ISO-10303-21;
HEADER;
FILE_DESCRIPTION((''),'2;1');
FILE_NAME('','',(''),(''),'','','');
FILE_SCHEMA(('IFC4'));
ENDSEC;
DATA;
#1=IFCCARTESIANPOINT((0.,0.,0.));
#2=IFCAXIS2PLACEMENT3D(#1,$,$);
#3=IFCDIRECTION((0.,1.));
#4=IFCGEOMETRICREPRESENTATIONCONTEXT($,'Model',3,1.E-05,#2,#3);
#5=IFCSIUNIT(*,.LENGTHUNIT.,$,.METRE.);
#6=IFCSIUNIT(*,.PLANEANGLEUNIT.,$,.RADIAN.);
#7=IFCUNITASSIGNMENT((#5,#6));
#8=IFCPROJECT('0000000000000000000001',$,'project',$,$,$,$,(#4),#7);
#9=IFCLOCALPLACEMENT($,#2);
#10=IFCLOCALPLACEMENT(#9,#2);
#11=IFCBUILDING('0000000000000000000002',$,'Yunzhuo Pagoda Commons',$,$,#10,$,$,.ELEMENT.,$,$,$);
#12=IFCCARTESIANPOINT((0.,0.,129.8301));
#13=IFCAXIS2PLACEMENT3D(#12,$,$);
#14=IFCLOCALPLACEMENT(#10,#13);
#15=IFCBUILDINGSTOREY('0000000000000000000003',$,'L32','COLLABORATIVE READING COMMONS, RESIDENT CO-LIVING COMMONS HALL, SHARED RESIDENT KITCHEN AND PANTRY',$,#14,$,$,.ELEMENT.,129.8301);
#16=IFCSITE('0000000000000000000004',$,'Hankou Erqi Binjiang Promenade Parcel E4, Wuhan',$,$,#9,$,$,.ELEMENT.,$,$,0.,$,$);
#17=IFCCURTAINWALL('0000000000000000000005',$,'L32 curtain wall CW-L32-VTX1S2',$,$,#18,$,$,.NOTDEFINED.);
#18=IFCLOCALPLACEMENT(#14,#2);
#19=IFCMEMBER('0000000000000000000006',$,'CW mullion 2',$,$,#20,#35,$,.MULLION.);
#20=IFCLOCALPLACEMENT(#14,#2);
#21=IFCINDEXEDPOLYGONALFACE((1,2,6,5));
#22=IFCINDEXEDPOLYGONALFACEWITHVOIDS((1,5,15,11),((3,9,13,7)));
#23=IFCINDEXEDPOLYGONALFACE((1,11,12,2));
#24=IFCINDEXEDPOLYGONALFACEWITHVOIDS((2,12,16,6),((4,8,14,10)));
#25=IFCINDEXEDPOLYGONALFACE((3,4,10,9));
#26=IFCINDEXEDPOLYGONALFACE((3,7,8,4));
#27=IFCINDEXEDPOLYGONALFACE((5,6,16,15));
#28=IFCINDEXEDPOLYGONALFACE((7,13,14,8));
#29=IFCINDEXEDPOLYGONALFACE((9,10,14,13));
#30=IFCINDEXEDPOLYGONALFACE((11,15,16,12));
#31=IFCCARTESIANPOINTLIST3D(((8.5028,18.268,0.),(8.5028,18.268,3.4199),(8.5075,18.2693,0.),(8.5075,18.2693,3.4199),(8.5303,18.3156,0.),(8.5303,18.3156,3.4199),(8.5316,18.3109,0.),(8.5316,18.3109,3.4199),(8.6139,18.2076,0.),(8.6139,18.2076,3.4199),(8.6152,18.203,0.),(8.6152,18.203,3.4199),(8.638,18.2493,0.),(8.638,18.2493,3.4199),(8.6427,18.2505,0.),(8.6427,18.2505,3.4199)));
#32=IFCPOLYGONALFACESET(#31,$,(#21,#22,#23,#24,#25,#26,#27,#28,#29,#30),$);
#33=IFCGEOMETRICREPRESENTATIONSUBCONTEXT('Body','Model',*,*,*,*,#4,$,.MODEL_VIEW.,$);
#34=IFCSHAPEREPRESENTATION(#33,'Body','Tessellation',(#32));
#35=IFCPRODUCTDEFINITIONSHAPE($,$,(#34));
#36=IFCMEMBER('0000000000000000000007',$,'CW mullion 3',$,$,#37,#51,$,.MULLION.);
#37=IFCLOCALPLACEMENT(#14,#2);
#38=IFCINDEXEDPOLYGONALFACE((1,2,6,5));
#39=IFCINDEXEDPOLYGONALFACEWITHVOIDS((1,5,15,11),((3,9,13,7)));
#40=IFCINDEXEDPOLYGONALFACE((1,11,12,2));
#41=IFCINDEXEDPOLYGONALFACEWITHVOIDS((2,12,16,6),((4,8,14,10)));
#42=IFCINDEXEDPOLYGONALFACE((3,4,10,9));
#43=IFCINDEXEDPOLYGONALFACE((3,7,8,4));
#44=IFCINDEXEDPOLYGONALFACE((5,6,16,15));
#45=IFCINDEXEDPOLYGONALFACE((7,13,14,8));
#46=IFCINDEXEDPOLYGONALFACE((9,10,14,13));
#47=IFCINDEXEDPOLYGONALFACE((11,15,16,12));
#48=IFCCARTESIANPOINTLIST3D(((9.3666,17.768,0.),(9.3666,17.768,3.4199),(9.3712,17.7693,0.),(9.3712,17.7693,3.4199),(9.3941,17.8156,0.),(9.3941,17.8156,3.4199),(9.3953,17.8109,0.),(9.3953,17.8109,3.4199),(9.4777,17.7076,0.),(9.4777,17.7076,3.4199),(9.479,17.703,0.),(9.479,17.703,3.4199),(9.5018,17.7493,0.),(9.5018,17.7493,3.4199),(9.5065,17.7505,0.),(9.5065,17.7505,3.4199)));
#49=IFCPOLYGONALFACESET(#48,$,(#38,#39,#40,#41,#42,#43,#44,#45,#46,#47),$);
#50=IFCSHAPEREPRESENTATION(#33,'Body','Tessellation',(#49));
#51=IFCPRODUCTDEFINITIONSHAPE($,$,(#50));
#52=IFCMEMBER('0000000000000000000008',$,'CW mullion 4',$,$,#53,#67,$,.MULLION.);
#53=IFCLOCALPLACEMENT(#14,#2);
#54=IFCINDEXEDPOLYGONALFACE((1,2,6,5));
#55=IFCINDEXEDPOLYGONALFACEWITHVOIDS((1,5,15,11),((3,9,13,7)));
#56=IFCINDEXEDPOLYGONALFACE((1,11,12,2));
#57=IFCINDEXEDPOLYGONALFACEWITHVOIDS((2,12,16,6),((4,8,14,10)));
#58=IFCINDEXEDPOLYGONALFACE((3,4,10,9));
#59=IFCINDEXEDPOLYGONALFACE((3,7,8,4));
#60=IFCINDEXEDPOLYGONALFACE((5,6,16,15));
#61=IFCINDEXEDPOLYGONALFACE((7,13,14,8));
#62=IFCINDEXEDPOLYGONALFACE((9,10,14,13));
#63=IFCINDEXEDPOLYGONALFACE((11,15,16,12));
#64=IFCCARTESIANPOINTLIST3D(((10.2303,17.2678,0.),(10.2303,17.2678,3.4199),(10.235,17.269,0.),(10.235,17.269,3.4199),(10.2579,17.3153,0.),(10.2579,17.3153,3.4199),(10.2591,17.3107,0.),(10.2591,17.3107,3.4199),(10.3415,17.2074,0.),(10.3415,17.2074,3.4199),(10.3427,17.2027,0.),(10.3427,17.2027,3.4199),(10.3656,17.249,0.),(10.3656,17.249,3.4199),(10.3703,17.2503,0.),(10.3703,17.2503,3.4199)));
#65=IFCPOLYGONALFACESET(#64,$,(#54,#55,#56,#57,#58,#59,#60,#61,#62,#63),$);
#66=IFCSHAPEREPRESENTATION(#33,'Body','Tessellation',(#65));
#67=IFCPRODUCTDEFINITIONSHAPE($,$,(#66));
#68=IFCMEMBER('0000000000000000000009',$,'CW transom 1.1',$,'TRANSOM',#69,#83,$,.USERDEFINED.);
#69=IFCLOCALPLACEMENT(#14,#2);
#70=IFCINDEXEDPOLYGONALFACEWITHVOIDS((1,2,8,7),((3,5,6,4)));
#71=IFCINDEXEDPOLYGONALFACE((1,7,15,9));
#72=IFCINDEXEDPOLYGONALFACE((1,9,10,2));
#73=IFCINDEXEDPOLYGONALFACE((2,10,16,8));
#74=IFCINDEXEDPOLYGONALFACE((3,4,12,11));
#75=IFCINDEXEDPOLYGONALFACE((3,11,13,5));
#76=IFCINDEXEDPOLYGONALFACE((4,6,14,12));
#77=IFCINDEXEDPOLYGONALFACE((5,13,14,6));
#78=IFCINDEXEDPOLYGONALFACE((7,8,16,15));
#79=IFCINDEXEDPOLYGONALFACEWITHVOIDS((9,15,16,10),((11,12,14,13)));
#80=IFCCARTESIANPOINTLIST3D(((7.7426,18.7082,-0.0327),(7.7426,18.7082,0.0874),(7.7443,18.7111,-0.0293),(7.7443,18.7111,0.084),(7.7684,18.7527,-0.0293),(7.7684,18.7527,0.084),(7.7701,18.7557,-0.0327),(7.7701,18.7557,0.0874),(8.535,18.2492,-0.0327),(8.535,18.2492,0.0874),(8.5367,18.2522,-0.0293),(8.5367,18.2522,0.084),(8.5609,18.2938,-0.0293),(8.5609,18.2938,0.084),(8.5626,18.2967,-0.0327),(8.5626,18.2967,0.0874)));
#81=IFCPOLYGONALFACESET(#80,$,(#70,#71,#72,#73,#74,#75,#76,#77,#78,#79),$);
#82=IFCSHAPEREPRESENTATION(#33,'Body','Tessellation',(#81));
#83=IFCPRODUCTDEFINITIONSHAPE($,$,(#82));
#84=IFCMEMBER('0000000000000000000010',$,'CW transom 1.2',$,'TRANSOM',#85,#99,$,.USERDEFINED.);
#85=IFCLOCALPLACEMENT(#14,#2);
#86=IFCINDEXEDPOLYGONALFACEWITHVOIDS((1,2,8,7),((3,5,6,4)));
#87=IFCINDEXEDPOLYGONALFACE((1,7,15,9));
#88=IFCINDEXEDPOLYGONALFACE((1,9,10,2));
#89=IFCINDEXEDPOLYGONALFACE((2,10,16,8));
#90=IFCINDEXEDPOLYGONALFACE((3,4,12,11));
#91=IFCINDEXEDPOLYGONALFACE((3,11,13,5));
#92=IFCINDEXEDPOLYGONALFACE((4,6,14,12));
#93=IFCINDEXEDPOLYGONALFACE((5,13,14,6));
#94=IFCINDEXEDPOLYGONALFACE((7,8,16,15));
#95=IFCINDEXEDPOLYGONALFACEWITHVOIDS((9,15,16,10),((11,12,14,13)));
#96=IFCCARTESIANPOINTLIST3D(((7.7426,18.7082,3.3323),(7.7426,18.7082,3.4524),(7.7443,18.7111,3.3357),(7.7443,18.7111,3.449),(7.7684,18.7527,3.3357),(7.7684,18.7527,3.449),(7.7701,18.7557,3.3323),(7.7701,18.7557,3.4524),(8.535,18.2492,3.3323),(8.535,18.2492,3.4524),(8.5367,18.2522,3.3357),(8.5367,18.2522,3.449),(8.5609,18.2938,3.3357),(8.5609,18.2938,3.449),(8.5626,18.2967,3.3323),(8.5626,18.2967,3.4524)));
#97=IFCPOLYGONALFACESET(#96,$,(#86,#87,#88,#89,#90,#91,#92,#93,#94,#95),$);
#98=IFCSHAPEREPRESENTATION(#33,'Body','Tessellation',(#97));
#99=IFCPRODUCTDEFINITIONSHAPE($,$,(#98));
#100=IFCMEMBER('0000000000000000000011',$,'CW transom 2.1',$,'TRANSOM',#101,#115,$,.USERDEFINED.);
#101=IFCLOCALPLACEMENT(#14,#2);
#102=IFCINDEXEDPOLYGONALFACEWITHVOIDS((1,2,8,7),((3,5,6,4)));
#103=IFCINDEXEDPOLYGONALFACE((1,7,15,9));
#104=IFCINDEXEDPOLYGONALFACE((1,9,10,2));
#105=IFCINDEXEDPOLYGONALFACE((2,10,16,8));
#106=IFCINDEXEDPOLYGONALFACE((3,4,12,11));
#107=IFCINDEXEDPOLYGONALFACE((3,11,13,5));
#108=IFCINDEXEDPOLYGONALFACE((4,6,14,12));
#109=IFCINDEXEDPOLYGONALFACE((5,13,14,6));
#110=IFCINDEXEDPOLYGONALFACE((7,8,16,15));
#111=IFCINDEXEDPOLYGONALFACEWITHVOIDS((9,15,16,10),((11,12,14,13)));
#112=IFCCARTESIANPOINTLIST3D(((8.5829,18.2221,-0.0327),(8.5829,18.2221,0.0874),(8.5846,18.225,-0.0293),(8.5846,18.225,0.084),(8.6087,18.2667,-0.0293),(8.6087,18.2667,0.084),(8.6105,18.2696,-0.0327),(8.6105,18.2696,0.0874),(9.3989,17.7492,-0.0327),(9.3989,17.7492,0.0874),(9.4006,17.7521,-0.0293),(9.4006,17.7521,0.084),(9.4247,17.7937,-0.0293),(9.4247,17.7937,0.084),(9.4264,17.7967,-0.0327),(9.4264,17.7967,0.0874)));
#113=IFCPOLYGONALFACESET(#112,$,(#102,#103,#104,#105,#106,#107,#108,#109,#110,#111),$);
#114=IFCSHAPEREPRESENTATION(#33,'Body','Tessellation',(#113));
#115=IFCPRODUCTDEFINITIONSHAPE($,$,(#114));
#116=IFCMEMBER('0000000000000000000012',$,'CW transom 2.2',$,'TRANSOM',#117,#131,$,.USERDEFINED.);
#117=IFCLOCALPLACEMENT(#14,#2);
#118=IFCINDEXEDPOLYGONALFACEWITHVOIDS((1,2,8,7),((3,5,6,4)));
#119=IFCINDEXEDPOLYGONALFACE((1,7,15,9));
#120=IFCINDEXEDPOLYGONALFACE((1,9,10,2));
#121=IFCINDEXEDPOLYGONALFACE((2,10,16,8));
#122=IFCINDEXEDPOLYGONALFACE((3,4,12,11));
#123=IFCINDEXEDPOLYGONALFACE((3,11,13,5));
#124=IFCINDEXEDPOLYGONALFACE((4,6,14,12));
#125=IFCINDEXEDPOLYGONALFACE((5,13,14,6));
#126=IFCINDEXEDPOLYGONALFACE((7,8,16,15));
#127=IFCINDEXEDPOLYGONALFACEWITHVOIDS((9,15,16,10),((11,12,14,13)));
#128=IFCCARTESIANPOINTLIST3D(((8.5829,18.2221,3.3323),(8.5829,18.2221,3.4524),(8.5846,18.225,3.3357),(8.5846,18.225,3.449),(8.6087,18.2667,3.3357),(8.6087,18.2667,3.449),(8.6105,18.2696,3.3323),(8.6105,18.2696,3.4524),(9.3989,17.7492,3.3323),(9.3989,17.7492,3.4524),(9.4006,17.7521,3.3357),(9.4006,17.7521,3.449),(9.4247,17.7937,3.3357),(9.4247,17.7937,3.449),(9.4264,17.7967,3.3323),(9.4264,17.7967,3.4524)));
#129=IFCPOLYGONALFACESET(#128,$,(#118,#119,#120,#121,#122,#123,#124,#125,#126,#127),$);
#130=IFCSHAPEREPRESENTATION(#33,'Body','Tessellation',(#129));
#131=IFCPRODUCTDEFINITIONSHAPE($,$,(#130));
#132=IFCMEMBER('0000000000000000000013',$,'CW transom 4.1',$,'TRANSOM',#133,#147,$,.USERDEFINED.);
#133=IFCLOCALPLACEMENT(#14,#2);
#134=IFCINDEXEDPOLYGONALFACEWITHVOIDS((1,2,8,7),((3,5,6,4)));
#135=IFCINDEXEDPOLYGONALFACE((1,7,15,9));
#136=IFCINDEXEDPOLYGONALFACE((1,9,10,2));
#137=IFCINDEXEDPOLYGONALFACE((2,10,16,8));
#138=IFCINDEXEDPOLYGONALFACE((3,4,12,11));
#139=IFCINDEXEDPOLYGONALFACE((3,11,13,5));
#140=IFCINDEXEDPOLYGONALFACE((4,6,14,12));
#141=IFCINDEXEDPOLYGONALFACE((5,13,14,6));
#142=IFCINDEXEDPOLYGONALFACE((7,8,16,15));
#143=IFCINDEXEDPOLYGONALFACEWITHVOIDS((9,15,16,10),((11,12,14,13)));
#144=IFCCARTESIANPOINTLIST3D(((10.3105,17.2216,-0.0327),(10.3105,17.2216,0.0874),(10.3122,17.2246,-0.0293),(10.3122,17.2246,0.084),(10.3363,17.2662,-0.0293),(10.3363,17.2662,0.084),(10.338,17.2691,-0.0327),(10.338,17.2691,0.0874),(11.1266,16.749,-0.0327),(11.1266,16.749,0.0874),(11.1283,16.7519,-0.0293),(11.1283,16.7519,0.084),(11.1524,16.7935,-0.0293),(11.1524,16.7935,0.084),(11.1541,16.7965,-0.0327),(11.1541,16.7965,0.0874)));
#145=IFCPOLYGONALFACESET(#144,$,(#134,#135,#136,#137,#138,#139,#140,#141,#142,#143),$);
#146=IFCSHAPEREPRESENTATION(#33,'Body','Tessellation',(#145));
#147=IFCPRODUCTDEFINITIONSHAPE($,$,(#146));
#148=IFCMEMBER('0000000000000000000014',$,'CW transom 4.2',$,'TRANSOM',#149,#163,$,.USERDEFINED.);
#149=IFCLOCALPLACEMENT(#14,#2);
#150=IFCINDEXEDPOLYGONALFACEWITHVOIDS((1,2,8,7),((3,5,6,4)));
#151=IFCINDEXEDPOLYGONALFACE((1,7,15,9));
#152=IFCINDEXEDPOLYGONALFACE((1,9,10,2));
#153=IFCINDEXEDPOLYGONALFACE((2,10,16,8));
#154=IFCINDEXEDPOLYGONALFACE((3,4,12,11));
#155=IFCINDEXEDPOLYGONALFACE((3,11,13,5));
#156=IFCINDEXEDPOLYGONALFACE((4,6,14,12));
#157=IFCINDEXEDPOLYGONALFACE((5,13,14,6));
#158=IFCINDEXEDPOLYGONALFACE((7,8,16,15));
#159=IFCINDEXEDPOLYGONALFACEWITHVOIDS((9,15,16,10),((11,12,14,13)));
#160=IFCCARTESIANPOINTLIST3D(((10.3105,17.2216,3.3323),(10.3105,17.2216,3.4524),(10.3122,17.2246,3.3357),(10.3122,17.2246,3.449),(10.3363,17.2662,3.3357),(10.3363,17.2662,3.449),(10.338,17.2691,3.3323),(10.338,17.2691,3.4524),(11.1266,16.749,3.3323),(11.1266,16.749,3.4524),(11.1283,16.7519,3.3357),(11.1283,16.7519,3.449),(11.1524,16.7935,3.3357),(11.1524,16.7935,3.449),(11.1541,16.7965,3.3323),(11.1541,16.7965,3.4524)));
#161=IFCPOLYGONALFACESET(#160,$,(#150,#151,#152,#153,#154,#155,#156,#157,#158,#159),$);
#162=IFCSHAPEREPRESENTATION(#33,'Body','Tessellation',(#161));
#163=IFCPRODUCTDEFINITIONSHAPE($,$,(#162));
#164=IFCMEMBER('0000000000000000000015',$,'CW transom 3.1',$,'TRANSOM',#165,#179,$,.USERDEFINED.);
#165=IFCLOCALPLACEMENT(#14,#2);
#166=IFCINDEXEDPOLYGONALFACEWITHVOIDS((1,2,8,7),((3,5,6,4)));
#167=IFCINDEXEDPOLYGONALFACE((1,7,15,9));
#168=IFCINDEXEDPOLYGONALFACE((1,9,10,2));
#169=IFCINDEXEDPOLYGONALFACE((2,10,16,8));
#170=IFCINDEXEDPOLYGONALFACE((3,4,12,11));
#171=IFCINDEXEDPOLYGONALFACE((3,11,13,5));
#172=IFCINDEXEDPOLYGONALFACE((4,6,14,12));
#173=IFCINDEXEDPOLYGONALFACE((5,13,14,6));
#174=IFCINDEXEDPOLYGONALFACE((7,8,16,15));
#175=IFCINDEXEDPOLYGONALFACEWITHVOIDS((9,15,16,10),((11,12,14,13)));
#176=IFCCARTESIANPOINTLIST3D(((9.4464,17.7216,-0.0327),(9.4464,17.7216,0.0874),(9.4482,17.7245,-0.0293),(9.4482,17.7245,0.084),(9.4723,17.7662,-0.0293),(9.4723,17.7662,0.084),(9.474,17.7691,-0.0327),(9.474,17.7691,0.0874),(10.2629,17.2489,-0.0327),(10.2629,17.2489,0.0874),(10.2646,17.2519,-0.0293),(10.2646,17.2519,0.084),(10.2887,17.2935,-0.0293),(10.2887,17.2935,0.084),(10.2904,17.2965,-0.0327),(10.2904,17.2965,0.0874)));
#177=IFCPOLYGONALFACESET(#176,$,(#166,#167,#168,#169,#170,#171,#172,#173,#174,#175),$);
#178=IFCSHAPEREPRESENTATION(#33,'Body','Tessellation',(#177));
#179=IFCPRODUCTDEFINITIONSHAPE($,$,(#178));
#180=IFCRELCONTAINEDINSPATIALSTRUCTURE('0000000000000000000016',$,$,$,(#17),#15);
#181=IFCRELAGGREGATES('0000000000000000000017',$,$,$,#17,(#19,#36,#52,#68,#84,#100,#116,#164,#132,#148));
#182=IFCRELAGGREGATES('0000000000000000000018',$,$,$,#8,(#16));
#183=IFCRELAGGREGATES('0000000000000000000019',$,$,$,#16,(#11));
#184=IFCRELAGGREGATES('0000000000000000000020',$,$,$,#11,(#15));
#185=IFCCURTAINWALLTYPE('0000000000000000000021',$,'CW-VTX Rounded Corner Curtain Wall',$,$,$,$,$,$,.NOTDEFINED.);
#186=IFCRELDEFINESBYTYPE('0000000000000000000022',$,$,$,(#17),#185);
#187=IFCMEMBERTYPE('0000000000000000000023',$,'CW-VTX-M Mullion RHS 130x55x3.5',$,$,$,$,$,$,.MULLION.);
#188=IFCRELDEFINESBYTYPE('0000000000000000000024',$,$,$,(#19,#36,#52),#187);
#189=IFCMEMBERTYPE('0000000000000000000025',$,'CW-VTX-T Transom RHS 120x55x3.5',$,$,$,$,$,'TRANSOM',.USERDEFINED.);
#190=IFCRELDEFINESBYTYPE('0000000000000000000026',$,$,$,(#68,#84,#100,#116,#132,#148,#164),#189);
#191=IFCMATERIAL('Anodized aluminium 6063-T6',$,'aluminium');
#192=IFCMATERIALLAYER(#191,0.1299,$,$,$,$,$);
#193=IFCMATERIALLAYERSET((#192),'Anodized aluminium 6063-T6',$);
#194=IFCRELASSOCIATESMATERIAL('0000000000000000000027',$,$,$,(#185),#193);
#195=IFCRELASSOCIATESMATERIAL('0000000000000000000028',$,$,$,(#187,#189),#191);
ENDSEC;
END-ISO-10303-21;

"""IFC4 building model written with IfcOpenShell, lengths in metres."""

from ifc_helpers import new_model, si_unit, direction, frame, origin, origin_2d, place, context, subcontext, project, spatial, hollow_rectangle, extrude, source, transform, mapped, material, layer, layer_set, material_profile, profile_set, type_object, element, aggregate, save


model = new_model("IFC4")

# Units and contexts
model_context = context("Model", 3, precision=1e-05, world=origin(), true_north=direction((0.0, 1.0)))
body_context = subcontext(model_context, "Body", "Model", "MODEL_VIEW")
ifc_project = project(units=[si_unit("LENGTHUNIT", "METRE"), si_unit("PLANEANGLEUNIT", "RADIAN")], contexts=[model_context])

# Site, building, storey
site_placement = place(None, origin())
site = spatial("IfcSite", under=ifc_project, at=site_placement, Name="Hankou Erqi Binjiang Promenade Parcel E4, Wuhan", CompositionType="ELEMENT", RefElevation=0.0)
building_placement = place(site_placement, origin())
building = spatial("IfcBuilding", under=site, at=building_placement, Name="Yunzhuo Pagoda Commons", CompositionType="ELEMENT")
storey_placement = place(building_placement, frame((0.0, 0.0, 129.8301)))
storey = spatial("IfcBuildingStorey", under=building, at=storey_placement, Name="L32", Description="COLLABORATIVE READING COMMONS, RESIDENT CO-LIVING COMMONS HALL, SHARED RESIDENT KITCHEN AND PANTRY", CompositionType="ELEMENT", Elevation=129.8301)

# Curtain wall, members
ifc_material_1 = material(Name="Anodized aluminium 6063-T6", Category="aluminium")
ifc_layer_1 = layer(ifc_material_1, 0.1299)
ifc_layer_set_1 = layer_set([ifc_layer_1], Name="Anodized aluminium 6063-T6")
curtain_wall_type = type_object("IfcCurtainWallType", Name="CW-VTX Rounded Corner Curtain Wall", PredefinedType="NOTDEFINED", material=ifc_layer_set_1)
curtain_wall_1_placement = place(storey_placement, origin())
curtain_wall_1 = element("IfcCurtainWall", 1, at=curtain_wall_1_placement, inside=storey, type_object=curtain_wall_type, Name="L32 curtain wall CW-L32-VTX1S2", PredefinedType="NOTDEFINED")
ifc_material_profile_1 = material_profile(ifc_material_1, hollow_rectangle(XDim=0.0549, YDim=0.1299, WallThickness=0.0034, at=origin_2d()), Name="Anodized aluminium 6063-T6")
ifc_profile_set_1 = profile_set([ifc_material_profile_1], Name="Anodized aluminium 6063-T6")
member_type_1 = type_object("IfcMemberType", Name="CW-VTX-M Mullion RHS 130x55x3.5", PredefinedType="MULLION", material=ifc_profile_set_1)
shared_shape_1 = source(origin(), body_context, "Body", "SweptSolid", [
    extrude(hollow_rectangle(XDim=0.0549, YDim=0.1299, WallThickness=0.0034, at=origin_2d()), origin(), (0.0, 0.0, 1.0), 3.4199),
])
member_1_placement = place(storey_placement, frame((8.5728, 18.2593, 0.0), z_axis=(0.0, 0.0, 1.0), x_axis=(0.501038, 0.865425, 0.0)))
member_1 = element("IfcMember", 2, at=member_1_placement, type_object=member_type_1, Name="CW mullion 2", PredefinedType="MULLION", context=body_context, shape_type="MappedRepresentation", body=[
    mapped(shared_shape_1, transform((0.0, 0.0, 0.0), scale=1.0)),
])
member_2_placement = place(storey_placement, frame((9.4365, 17.7593, 0.0), z_axis=(0.0, 0.0, 1.0), x_axis=(0.501038, 0.865425, 0.0)))
member_2 = element("IfcMember", 3, at=member_2_placement, type_object=member_type_1, Name="CW mullion 3", PredefinedType="MULLION", context=body_context, shape_type="MappedRepresentation", body=[
    mapped(shared_shape_1, transform((0.0, 0.0, 0.0), scale=1.0)),
])
member_3_placement = place(storey_placement, frame((10.3003, 17.259, 0.0), z_axis=(0.0, 0.0, 1.0), x_axis=(0.501038, 0.865425, 0.0)))
member_3 = element("IfcMember", 4, at=member_3_placement, type_object=member_type_1, Name="CW mullion 4", PredefinedType="MULLION", context=body_context, shape_type="MappedRepresentation", body=[
    mapped(shared_shape_1, transform((0.0, 0.0, 0.0), scale=1.0)),
])
ifc_material_profile_2 = material_profile(ifc_material_1, hollow_rectangle(XDim=0.0549, YDim=0.1201, WallThickness=0.0034, at=origin_2d()), Name="Anodized aluminium 6063-T6")
ifc_profile_set_2 = profile_set([ifc_material_profile_2], Name="Anodized aluminium 6063-T6")
member_type_2 = type_object("IfcMemberType", Name="CW-VTX-T Transom RHS 120x55x3.5", ElementType="TRANSOM", PredefinedType="USERDEFINED", material=ifc_profile_set_2)
shared_shape_2 = source(origin(), body_context, "Body", "SweptSolid", [
    extrude(hollow_rectangle(XDim=0.0549, YDim=0.1201, WallThickness=0.0034, at=origin_2d()), origin(), (0.0, 0.0, 1.0), 0.9158),
])
member_4_placement = place(storey_placement, frame((7.7563, 18.7319, 0.0273), z_axis=(0.865341, -0.501183, 0.0), x_axis=(0.501183, 0.865341, 0.0)))
member_4 = element("IfcMember", 5, at=member_4_placement, type_object=member_type_2, Name="CW transom 1.1", ObjectType="TRANSOM", PredefinedType="USERDEFINED", context=body_context, shape_type="MappedRepresentation", body=[
    mapped(shared_shape_2, transform((0.0, 0.0, 0.0), scale=1.0)),
])
member_5_placement = place(storey_placement, frame((7.7563, 18.7319, 3.3923), z_axis=(0.865341, -0.501183, 0.0), x_axis=(0.501183, 0.865341, 0.0)))
member_5 = element("IfcMember", 6, at=member_5_placement, type_object=member_type_2, Name="CW transom 1.2", ObjectType="TRANSOM", PredefinedType="USERDEFINED", context=body_context, shape_type="MappedRepresentation", body=[
    mapped(shared_shape_2, transform((0.0, 0.0, 0.0), scale=1.0)),
])
shared_shape_3 = source(origin(), body_context, "Body", "SweptSolid", [
    extrude(hollow_rectangle(XDim=0.0549, YDim=0.1201, WallThickness=0.0034, at=origin_2d()), origin(), (0.0, 0.0, 1.0), 0.9431),
])
member_6_placement = place(storey_placement, frame((8.5967, 18.2458, 0.0273), z_axis=(0.865184, -0.501455, 0.0), x_axis=(0.501455, 0.865184, 0.0)))
member_6 = element("IfcMember", 7, at=member_6_placement, type_object=member_type_2, Name="CW transom 2.1", ObjectType="TRANSOM", PredefinedType="USERDEFINED", context=body_context, shape_type="MappedRepresentation", body=[
    mapped(shared_shape_3, transform((0.0, 0.0, 0.0), scale=1.0)),
])
member_7_placement = place(storey_placement, frame((8.5967, 18.2458, 3.3923), z_axis=(0.865184, -0.501455, 0.0), x_axis=(0.501455, 0.865184, 0.0)))
member_7 = element("IfcMember", 8, at=member_7_placement, type_object=member_type_2, Name="CW transom 2.2", ObjectType="TRANSOM", PredefinedType="USERDEFINED", context=body_context, shape_type="MappedRepresentation", body=[
    mapped(shared_shape_3, transform((0.0, 0.0, 0.0), scale=1.0)),
])
member_8_placement = place(storey_placement, frame((10.3242, 17.2454, 0.0273), z_axis=(0.865361, -0.501149, 0.0), x_axis=(0.501149, 0.865361, 0.0)))
member_8 = element("IfcMember", 9, at=member_8_placement, type_object=member_type_2, Name="CW transom 4.1", ObjectType="TRANSOM", PredefinedType="USERDEFINED", context=body_context, shape_type="MappedRepresentation", body=[
    mapped(shared_shape_3, transform((0.0, 0.0, 0.0), scale=1.0)),
])
member_9_placement = place(storey_placement, frame((10.3242, 17.2454, 3.3923), z_axis=(0.865361, -0.501149, 0.0), x_axis=(0.501149, 0.865361, 0.0)))
member_9 = element("IfcMember", 10, at=member_9_placement, type_object=member_type_2, Name="CW transom 4.2", ObjectType="TRANSOM", PredefinedType="USERDEFINED", context=body_context, shape_type="MappedRepresentation", body=[
    mapped(shared_shape_3, transform((0.0, 0.0, 0.0), scale=1.0)),
])
shared_shape_4 = source(origin(), body_context, "Body", "SweptSolid", [
    extrude(hollow_rectangle(XDim=0.0549, YDim=0.1201, WallThickness=0.0034, at=origin_2d()), origin(), (0.0, 0.0, 1.0), 0.9434),
])
member_10_placement = place(storey_placement, frame((9.4602, 17.7454, 0.0273), z_axis=(0.865426, -0.501036, 0.0), x_axis=(0.501036, 0.865426, 0.0)))
member_10 = element("IfcMember", 11, at=member_10_placement, type_object=member_type_2, Name="CW transom 3.1", ObjectType="TRANSOM", PredefinedType="USERDEFINED", context=body_context, shape_type="MappedRepresentation", body=[
    mapped(shared_shape_4, transform((0.0, 0.0, 0.0), scale=1.0)),
])

aggregate(curtain_wall_1, [member_1, member_2, member_3, member_4, member_5, member_6, member_7, member_10, member_8, member_9])

save(model, "model.ifc")
